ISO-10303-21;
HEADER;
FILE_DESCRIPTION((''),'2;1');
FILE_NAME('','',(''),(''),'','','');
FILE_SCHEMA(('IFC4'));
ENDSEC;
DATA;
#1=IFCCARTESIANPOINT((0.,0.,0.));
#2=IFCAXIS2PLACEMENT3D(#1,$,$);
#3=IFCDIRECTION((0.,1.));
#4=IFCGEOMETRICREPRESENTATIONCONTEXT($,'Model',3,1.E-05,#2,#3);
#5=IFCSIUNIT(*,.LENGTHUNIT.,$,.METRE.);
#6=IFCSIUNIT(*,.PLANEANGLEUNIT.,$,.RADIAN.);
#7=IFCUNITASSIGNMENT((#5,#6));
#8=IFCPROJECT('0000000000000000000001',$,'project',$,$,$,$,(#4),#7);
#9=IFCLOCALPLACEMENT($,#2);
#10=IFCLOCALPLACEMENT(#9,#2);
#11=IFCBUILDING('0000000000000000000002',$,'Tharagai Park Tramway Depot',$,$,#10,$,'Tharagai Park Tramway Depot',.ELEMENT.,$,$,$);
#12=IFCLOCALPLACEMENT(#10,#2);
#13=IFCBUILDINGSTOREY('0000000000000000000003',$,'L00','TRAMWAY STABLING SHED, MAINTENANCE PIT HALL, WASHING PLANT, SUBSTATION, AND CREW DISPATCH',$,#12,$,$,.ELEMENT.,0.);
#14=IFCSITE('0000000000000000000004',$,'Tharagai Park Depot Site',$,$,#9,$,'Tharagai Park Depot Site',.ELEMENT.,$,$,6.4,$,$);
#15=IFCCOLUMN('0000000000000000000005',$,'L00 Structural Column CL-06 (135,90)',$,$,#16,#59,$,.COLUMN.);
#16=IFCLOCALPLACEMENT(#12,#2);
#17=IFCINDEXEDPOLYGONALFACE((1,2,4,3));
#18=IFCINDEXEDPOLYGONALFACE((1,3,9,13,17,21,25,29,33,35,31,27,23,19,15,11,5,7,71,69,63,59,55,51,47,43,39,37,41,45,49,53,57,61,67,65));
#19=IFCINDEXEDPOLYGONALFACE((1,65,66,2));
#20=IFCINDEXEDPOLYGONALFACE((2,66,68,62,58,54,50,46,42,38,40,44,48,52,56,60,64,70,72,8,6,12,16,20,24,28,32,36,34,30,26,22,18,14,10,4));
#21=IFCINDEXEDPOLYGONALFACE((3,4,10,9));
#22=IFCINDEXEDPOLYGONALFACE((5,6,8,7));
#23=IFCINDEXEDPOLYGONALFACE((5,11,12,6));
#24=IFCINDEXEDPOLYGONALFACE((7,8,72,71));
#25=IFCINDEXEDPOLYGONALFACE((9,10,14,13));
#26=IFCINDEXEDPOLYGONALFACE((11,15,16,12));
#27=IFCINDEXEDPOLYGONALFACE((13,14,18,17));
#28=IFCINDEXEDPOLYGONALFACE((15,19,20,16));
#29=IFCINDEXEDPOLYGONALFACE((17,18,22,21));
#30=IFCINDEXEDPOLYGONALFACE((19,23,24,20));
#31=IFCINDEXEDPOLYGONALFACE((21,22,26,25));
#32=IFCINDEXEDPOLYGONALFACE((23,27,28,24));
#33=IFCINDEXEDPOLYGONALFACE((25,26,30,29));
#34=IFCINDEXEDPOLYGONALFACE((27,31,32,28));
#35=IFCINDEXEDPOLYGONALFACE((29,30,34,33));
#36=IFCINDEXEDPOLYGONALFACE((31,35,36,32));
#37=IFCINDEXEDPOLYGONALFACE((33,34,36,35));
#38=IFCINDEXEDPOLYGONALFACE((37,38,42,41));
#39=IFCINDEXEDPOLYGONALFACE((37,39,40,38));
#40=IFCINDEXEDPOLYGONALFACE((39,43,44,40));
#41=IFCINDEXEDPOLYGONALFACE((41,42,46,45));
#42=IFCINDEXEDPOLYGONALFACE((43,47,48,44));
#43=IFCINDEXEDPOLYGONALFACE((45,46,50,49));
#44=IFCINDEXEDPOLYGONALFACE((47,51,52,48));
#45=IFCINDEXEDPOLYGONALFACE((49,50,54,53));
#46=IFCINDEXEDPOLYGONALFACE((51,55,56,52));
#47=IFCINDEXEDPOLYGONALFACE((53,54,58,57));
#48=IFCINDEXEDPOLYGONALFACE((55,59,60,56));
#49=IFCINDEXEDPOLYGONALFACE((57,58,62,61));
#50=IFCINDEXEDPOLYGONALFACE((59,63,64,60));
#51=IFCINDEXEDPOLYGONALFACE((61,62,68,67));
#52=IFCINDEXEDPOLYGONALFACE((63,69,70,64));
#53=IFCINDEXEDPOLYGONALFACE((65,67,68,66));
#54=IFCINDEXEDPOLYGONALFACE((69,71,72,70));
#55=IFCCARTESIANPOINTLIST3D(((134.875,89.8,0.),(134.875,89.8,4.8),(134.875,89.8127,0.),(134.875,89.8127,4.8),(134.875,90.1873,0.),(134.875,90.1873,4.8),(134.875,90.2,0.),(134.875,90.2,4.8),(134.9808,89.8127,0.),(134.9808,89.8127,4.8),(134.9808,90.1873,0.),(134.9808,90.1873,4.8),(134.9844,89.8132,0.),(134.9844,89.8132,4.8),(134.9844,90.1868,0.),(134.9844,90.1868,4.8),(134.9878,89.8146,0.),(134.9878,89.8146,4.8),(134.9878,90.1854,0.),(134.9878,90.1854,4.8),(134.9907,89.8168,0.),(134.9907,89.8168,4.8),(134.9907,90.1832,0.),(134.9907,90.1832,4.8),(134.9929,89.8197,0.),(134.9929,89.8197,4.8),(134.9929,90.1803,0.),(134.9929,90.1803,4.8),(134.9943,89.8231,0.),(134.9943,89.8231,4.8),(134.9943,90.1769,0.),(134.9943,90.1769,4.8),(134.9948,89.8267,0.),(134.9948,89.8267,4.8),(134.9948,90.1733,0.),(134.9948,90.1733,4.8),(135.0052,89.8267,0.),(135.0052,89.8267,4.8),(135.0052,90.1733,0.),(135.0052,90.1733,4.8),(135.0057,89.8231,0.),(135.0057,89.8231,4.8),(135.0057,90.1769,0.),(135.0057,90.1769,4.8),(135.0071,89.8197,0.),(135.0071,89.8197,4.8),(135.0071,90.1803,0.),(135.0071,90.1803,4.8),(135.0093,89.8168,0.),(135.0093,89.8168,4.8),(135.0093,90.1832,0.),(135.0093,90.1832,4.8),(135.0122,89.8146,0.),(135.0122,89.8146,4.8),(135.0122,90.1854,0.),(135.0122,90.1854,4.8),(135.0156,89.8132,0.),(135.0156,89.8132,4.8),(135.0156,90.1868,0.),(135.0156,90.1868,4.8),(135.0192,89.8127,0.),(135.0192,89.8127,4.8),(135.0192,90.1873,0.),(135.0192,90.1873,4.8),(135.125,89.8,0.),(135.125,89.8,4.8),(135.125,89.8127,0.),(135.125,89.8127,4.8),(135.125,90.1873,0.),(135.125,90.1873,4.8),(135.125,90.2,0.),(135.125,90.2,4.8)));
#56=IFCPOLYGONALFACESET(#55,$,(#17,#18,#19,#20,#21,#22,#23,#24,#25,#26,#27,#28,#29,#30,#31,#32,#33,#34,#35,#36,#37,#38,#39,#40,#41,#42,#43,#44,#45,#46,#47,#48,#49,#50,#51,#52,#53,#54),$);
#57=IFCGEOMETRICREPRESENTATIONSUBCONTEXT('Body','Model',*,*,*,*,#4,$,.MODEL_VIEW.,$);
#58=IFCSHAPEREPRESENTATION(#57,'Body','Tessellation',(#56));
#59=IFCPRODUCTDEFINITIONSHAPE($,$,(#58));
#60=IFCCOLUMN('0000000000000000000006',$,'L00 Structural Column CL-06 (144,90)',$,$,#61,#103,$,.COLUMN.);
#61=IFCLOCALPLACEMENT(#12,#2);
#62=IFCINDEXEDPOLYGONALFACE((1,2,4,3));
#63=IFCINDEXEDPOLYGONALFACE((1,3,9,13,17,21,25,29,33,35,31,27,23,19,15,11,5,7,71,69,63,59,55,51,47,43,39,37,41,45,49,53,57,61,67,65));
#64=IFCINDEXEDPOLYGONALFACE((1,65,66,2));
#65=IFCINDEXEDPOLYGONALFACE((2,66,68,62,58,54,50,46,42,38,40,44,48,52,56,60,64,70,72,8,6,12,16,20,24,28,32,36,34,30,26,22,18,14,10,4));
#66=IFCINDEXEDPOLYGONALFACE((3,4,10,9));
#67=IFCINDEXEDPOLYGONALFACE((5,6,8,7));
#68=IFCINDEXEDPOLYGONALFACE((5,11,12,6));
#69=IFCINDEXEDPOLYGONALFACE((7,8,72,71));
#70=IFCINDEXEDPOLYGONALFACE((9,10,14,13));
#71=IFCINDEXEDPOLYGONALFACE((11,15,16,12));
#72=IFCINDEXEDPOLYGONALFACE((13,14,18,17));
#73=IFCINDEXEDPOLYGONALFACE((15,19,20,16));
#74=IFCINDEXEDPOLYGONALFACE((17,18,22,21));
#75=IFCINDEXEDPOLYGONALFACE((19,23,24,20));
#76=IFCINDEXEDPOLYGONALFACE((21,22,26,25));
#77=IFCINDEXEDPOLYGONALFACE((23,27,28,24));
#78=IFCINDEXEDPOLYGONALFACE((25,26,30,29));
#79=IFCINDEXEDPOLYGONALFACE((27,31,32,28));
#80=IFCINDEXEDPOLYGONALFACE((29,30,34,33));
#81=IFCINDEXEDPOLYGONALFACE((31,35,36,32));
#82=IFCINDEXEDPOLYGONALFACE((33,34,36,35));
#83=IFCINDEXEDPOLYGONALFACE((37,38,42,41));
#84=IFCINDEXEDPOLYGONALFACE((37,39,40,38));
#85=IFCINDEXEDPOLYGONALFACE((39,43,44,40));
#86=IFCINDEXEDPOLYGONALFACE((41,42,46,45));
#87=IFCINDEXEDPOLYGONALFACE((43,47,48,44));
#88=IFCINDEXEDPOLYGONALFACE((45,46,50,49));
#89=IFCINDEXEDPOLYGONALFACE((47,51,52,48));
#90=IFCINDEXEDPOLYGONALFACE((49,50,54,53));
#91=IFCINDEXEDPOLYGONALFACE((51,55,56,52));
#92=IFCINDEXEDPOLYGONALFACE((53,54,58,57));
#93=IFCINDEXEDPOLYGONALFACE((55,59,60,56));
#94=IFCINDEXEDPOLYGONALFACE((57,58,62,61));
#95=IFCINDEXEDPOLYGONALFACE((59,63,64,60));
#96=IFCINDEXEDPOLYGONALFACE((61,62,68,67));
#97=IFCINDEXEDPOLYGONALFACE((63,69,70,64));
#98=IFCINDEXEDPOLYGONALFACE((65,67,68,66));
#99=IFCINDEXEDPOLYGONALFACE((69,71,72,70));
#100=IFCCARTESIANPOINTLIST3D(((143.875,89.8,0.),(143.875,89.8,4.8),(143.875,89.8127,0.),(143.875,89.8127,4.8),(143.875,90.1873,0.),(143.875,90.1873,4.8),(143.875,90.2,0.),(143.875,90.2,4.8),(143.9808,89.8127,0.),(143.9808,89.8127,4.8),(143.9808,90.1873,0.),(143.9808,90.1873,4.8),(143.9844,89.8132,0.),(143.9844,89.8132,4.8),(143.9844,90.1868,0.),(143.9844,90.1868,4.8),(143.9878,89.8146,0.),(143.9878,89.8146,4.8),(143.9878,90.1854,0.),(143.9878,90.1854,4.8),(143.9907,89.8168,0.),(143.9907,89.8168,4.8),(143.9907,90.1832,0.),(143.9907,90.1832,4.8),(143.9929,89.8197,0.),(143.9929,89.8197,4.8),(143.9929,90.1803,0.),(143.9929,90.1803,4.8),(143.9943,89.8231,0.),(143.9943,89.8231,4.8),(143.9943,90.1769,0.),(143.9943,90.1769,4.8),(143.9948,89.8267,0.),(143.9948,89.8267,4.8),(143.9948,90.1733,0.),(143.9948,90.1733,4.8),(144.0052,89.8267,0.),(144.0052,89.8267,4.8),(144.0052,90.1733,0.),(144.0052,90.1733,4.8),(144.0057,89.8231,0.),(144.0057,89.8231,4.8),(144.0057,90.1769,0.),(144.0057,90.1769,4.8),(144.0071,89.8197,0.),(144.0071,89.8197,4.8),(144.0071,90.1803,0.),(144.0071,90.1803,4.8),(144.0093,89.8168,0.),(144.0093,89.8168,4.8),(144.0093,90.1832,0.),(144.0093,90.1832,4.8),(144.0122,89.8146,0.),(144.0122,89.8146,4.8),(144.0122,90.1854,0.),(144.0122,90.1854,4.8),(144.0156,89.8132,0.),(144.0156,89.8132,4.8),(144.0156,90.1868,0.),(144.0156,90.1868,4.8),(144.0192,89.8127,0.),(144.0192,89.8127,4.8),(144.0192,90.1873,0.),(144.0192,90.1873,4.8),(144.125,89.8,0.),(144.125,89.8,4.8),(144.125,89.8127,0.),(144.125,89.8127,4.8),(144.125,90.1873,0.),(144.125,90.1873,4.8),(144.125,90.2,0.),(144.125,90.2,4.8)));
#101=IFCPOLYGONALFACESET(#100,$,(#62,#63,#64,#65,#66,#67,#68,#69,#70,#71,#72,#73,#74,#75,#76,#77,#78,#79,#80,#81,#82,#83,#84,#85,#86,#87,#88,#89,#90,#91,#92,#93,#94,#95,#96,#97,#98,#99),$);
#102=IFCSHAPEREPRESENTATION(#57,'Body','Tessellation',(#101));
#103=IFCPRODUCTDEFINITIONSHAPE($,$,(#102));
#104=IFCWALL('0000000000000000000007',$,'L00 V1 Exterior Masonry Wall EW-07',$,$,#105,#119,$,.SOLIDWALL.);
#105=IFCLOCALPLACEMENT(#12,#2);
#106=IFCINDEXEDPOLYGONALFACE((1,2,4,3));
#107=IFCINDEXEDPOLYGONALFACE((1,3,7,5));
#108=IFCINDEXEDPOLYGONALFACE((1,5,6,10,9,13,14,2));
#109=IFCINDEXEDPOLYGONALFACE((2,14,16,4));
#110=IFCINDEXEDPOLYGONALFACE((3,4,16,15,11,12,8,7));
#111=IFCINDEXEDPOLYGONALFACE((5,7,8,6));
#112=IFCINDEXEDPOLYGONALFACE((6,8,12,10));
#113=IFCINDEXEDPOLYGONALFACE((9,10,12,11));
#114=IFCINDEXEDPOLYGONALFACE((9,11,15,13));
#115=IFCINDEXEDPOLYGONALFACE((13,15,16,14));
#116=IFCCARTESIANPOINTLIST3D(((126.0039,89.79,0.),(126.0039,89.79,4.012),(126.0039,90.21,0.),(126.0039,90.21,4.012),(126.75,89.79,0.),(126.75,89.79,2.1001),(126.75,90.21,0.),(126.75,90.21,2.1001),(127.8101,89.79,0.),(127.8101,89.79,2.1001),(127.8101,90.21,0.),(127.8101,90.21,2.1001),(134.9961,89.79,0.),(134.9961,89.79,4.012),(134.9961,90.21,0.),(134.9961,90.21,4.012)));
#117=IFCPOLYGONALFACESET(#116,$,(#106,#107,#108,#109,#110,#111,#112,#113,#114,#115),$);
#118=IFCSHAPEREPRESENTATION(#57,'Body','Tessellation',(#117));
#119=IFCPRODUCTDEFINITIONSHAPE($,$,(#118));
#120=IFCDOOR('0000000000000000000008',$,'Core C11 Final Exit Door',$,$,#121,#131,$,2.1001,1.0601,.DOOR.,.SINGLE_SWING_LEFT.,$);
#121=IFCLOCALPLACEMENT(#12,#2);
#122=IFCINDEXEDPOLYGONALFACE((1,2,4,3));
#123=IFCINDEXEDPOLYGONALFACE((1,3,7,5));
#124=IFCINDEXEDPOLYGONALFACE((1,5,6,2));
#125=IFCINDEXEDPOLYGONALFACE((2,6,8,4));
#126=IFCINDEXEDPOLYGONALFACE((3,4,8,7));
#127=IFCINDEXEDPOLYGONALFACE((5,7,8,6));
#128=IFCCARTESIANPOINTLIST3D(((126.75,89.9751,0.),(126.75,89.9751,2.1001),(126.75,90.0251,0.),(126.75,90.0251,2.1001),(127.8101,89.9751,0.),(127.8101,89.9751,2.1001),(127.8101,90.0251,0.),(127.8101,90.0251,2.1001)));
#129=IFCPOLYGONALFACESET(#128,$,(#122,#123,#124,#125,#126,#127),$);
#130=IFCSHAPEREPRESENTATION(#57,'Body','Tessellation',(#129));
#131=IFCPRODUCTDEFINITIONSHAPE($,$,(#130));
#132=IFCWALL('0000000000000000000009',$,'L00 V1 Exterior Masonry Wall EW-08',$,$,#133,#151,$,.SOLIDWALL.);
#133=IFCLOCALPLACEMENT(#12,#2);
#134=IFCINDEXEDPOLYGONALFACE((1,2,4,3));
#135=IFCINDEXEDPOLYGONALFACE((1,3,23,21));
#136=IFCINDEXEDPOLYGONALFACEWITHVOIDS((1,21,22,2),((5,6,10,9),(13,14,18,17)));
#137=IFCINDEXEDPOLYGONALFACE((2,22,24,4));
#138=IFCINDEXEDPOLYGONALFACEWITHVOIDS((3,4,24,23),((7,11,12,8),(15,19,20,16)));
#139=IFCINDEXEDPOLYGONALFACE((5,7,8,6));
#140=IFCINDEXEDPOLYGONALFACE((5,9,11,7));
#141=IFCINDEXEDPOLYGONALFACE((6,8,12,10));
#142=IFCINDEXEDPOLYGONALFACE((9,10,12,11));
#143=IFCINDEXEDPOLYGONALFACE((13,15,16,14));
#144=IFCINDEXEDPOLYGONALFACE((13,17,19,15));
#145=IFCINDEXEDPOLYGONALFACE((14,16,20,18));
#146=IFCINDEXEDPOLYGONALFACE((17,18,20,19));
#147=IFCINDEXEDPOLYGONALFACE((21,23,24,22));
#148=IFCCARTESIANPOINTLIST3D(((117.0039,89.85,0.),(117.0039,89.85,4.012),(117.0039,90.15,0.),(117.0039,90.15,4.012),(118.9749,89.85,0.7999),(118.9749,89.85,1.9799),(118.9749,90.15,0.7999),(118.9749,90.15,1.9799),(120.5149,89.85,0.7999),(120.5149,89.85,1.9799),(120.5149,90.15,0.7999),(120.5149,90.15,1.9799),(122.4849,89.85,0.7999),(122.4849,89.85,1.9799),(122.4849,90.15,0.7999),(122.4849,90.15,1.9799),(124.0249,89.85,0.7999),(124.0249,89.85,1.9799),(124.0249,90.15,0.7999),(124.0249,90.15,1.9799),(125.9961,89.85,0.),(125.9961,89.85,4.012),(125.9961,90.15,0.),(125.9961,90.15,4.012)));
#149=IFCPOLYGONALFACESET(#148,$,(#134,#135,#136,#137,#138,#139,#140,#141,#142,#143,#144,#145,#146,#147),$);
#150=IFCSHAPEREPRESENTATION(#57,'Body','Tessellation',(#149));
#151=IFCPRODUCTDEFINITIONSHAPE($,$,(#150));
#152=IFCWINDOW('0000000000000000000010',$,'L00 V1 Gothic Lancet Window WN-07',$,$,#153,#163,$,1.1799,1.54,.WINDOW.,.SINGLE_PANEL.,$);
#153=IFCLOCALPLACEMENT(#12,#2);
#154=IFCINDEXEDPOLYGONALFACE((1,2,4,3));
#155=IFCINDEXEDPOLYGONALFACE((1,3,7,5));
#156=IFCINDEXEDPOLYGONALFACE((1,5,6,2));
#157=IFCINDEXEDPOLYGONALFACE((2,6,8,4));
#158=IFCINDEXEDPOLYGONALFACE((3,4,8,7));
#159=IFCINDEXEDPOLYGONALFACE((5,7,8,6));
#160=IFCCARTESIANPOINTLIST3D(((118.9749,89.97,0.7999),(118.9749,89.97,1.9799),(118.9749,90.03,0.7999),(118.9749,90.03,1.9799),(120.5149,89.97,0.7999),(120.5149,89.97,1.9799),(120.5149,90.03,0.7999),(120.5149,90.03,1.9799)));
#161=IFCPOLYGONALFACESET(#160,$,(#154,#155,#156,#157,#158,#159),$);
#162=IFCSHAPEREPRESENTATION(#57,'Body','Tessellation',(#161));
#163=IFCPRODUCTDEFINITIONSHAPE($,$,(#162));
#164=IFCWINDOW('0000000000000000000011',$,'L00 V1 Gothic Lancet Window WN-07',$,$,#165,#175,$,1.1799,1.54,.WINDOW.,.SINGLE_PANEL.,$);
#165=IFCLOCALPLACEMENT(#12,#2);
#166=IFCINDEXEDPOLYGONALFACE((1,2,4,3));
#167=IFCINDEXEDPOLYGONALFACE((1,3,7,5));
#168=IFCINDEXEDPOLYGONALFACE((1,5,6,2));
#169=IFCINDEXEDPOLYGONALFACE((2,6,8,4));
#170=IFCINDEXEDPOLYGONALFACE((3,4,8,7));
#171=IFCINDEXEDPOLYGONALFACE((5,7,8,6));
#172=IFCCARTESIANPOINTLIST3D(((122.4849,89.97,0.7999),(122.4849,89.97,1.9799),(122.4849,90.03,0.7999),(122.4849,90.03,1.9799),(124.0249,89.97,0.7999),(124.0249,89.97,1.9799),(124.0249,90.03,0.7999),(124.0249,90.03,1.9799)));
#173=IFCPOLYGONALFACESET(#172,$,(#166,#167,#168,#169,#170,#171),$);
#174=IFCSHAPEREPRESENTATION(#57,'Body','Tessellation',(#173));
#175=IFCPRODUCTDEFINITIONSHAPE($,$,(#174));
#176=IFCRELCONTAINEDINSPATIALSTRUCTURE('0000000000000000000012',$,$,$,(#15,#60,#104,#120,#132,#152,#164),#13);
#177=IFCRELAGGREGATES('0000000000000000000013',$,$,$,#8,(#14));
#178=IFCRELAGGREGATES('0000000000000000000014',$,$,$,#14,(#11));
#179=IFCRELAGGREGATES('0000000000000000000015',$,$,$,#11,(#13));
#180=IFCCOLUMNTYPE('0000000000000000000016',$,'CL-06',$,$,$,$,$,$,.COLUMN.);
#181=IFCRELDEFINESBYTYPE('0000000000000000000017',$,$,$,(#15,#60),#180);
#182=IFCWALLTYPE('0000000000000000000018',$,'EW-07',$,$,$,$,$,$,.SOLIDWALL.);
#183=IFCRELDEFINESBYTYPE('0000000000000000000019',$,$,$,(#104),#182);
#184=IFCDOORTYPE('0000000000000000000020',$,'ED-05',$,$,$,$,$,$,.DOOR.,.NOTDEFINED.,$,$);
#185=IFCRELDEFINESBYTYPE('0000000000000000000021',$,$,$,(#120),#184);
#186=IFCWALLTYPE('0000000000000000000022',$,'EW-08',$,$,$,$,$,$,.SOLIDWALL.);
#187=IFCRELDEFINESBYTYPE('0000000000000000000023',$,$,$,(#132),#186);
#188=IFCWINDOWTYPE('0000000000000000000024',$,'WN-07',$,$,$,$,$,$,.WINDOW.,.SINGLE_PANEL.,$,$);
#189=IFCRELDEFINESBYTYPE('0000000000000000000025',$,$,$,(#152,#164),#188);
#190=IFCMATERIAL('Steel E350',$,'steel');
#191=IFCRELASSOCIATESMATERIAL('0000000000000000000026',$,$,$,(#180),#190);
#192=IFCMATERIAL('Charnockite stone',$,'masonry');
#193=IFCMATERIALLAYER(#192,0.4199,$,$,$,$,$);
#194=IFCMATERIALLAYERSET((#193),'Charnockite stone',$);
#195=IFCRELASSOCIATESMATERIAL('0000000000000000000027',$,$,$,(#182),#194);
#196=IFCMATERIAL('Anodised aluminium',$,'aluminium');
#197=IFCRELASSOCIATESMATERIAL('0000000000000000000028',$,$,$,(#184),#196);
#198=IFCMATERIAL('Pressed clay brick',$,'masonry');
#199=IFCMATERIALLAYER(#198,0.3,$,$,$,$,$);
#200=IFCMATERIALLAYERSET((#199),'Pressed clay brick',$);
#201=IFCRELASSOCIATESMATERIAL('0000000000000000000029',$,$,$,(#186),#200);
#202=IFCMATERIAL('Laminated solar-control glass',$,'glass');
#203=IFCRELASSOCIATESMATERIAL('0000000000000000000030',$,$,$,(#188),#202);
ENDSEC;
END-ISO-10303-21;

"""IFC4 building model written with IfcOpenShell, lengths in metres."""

from ifc_helpers import new_model, si_unit, direction, frame, frame_2d, origin, origin_2d, place, context, subcontext, project, spatial, rectangle, i_section, extrude, material, layer, layer_set, material_profile, profile_set, type_object, element, fill, save


model = new_model("IFC4")

# Units and contexts
model_context = context("Model", 3, precision=1e-05, world=origin(), true_north=direction((0.0, 1.0)))
body_context = subcontext(model_context, "Body", "Model", "MODEL_VIEW")
ifc_project = project(units=[si_unit("LENGTHUNIT", "METRE"), si_unit("PLANEANGLEUNIT", "RADIAN")], contexts=[model_context])

# Site, building, storey
site_placement = place(None, origin())
site = spatial("IfcSite", under=ifc_project, at=site_placement, Name="Tharagai Park Depot Site", LongName="Tharagai Park Depot Site", CompositionType="ELEMENT", RefElevation=6.4)
building_placement = place(site_placement, origin())
building = spatial("IfcBuilding", under=site, at=building_placement, Name="Tharagai Park Tramway Depot", LongName="Tharagai Park Tramway Depot", CompositionType="ELEMENT")
storey_placement = place(building_placement, origin())
storey = spatial("IfcBuildingStorey", under=building, at=storey_placement, Name="L00", Description="TRAMWAY STABLING SHED, MAINTENANCE PIT HALL, WASHING PLANT, SUBSTATION, AND CREW DISPATCH", CompositionType="ELEMENT", Elevation=0.0)

# Columns
ifc_material_1 = material(Name="Steel E350", Category="steel")
ifc_material_profile_1 = material_profile(ifc_material_1, i_section(OverallWidth=0.25, OverallDepth=0.3999, WebThickness=0.0105, FlangeThickness=0.0127, FilletRadius=0.0139, at=origin_2d()), Name="ISHB 400")
ifc_profile_set_1 = profile_set([ifc_material_profile_1], Name="Steel E350")
column_type = type_object("IfcColumnType", Name="CL-06", PredefinedType="COLUMN", material=ifc_profile_set_1)
for number, where, z_axis, x_axis, name in (
    (1, (135.0, 90.0, 0.0), (0.0, 0.0, 1.0), (1.0, 0.0, 0.0), "L00 Structural Column CL-06 (135,90)"),
    (2, (144.0, 90.0, 0.0), (0.0, 0.0, 1.0), (1.0, 0.0, 0.0), "L00 Structural Column CL-06 (144,90)"),
):
    element("IfcColumn", number, at=place(storey_placement, frame(where, z_axis=z_axis, x_axis=x_axis)), inside=storey, type_object=column_type, Name=name, PredefinedType="COLUMN", context=body_context, shape_type="SweptSolid", body=[
        extrude(i_section(OverallWidth=0.25, OverallDepth=0.3999, WebThickness=0.0105, FlangeThickness=0.0127, FilletRadius=0.0139, at=origin_2d()), origin(), (0.0, 0.0, 1.0), 4.8),
    ])

# Wall, opening, door
ifc_material_2 = material(Name="Charnockite stone", Category="masonry")
ifc_layer_1 = layer(ifc_material_2, 0.4199)
ifc_layer_set_1 = layer_set([ifc_layer_1], Name="Charnockite stone")
wall_type_1 = type_object("IfcWallType", Name="EW-07", PredefinedType="SOLIDWALL", material=ifc_layer_set_1)
wall_1_placement = place(storey_placement, frame((126.0039, 90.0, 0.0), z_axis=(0.0, 0.0, 1.0), x_axis=(1.0, 0.0, 0.0)))
wall_1 = element("IfcWall", 3, at=wall_1_placement, inside=storey, type_object=wall_type_1, Name="L00 V1 Exterior Masonry Wall EW-07", PredefinedType="SOLIDWALL", context=body_context, shape_type="SweptSolid", body=[
    extrude(rectangle(XDim=8.9922, YDim=0.4199, at=frame_2d((4.4961, 0.0))), origin(), (0.0, 0.0, 1.0), 4.012),
])
opening_1_placement = place(wall_1_placement, frame((0.7461, 0.0, 0.0)))
opening_1 = element("IfcOpeningElement", 4, at=opening_1_placement, cuts=wall_1, PredefinedType="OPENING", context=body_context, shape_type="SweptSolid", body=[
    extrude(rectangle(XDim=1.0601, YDim=2.1001, at=frame_2d((0.53, 1.05))), frame((0.0, 0.22, 0.0), z_axis=(0.0, -1.0, 0.0), x_axis=(1.0, 0.0, 0.0)), (0.0, 0.0, 1.0), 0.4399),
])
ifc_material_3 = material(Name="Anodised aluminium", Category="aluminium")
door_type = type_object("IfcDoorType", Name="ED-05", OperationType="NOTDEFINED", PredefinedType="DOOR", material=ifc_material_3)
door_placement = place(opening_1_placement, frame((1.0601, 0.0, 0.0), z_axis=(0.0, 0.0, 1.0), x_axis=(-1.0, 0.0, 0.0)))
door = element("IfcDoor", 5, at=door_placement, inside=storey, type_object=door_type, Name="Core C11 Final Exit Door", OperationType="SINGLE_SWING_LEFT", OverallHeight=2.1001, OverallWidth=1.0601, PredefinedType="DOOR", context=body_context, shape_type="SweptSolid", body=[
    extrude(rectangle(XDim=1.0601, YDim=2.1001, at=frame_2d((0.53, 1.05))), frame((0.0, 0.0249, 0.0), z_axis=(0.0, -1.0, 0.0), x_axis=(1.0, 0.0, 0.0)), (0.0, 0.0, 1.0), 0.05),
])
fill(opening_1, door)

# Wall, openings, windows
ifc_material_4 = material(Name="Pressed clay brick", Category="masonry")
ifc_layer_2 = layer(ifc_material_4, 0.3)
ifc_layer_set_2 = layer_set([ifc_layer_2], Name="Pressed clay brick")
wall_type_2 = type_object("IfcWallType", Name="EW-08", PredefinedType="SOLIDWALL", material=ifc_layer_set_2)
wall_2_placement = place(storey_placement, frame((117.0039, 90.0, 0.0), z_axis=(0.0, 0.0, 1.0), x_axis=(1.0, 0.0, 0.0)))
wall_2 = element("IfcWall", 6, at=wall_2_placement, inside=storey, type_object=wall_type_2, Name="L00 V1 Exterior Masonry Wall EW-08", PredefinedType="SOLIDWALL", context=body_context, shape_type="SweptSolid", body=[
    extrude(rectangle(XDim=8.9922, YDim=0.3, at=frame_2d((4.4961, 0.0))), origin(), (0.0, 0.0, 1.0), 4.012),
])
opening_2_placement = place(wall_2_placement, frame((1.9709, 0.0, 0.8)))
opening_2 = element("IfcOpeningElement", 7, at=opening_2_placement, cuts=wall_2, PredefinedType="OPENING", context=body_context, shape_type="SweptSolid", body=[
    extrude(rectangle(XDim=1.54, YDim=1.1799, at=frame_2d((0.77, 0.5898))), frame((0.0, 0.1599, 0.0), z_axis=(0.0, -1.0, 0.0), x_axis=(1.0, 0.0, 0.0)), (0.0, 0.0, 1.0), 0.3201),
])
opening_3_placement = place(wall_2_placement, frame((5.481, 0.0, 0.8)))
opening_3 = element("IfcOpeningElement", 8, at=opening_3_placement, cuts=wall_2, PredefinedType="OPENING", context=body_context, shape_type="SweptSolid", body=[
    extrude(rectangle(XDim=1.54, YDim=1.1799, at=frame_2d((0.77, 0.5898))), frame((0.0, 0.1599, 0.0), z_axis=(0.0, -1.0, 0.0), x_axis=(1.0, 0.0, 0.0)), (0.0, 0.0, 1.0), 0.3201),
])
ifc_material_5 = material(Name="Laminated solar-control glass", Category="glass")
window_type_1 = type_object("IfcWindowType", Name="WN-07", PartitioningType="SINGLE_PANEL", PredefinedType="WINDOW", material=ifc_material_5)
window_1_placement = place(opening_2_placement, origin())
window_1 = element("IfcWindow", 9, at=window_1_placement, inside=storey, type_object=window_type_1, Name="L00 V1 Gothic Lancet Window WN-07", OverallHeight=1.1799, OverallWidth=1.54, PartitioningType="SINGLE_PANEL", PredefinedType="WINDOW", context=body_context, shape_type="SweptSolid", body=[
    extrude(rectangle(XDim=1.54, YDim=1.1799, at=frame_2d((0.77, 0.5898))), frame((0.0, 0.03, 0.0), z_axis=(0.0, -1.0, 0.0), x_axis=(1.0, 0.0, 0.0)), (0.0, 0.0, 1.0), 0.0601),
])
fill(opening_2, window_1)
window_2_placement = place(opening_3_placement, origin())
window_2 = element("IfcWindow", 10, at=window_2_placement, inside=storey, type_object=window_type_1, Name="L00 V1 Gothic Lancet Window WN-07", OverallHeight=1.1799, OverallWidth=1.54, PartitioningType="SINGLE_PANEL", PredefinedType="WINDOW", context=body_context, shape_type="SweptSolid", body=[
    extrude(rectangle(XDim=1.54, YDim=1.1799, at=frame_2d((0.77, 0.5898))), frame((0.0, 0.03, 0.0), z_axis=(0.0, -1.0, 0.0), x_axis=(1.0, 0.0, 0.0)), (0.0, 0.0, 1.0), 0.0601),
])
fill(opening_3, window_2)

save(model, "model.ifc")
